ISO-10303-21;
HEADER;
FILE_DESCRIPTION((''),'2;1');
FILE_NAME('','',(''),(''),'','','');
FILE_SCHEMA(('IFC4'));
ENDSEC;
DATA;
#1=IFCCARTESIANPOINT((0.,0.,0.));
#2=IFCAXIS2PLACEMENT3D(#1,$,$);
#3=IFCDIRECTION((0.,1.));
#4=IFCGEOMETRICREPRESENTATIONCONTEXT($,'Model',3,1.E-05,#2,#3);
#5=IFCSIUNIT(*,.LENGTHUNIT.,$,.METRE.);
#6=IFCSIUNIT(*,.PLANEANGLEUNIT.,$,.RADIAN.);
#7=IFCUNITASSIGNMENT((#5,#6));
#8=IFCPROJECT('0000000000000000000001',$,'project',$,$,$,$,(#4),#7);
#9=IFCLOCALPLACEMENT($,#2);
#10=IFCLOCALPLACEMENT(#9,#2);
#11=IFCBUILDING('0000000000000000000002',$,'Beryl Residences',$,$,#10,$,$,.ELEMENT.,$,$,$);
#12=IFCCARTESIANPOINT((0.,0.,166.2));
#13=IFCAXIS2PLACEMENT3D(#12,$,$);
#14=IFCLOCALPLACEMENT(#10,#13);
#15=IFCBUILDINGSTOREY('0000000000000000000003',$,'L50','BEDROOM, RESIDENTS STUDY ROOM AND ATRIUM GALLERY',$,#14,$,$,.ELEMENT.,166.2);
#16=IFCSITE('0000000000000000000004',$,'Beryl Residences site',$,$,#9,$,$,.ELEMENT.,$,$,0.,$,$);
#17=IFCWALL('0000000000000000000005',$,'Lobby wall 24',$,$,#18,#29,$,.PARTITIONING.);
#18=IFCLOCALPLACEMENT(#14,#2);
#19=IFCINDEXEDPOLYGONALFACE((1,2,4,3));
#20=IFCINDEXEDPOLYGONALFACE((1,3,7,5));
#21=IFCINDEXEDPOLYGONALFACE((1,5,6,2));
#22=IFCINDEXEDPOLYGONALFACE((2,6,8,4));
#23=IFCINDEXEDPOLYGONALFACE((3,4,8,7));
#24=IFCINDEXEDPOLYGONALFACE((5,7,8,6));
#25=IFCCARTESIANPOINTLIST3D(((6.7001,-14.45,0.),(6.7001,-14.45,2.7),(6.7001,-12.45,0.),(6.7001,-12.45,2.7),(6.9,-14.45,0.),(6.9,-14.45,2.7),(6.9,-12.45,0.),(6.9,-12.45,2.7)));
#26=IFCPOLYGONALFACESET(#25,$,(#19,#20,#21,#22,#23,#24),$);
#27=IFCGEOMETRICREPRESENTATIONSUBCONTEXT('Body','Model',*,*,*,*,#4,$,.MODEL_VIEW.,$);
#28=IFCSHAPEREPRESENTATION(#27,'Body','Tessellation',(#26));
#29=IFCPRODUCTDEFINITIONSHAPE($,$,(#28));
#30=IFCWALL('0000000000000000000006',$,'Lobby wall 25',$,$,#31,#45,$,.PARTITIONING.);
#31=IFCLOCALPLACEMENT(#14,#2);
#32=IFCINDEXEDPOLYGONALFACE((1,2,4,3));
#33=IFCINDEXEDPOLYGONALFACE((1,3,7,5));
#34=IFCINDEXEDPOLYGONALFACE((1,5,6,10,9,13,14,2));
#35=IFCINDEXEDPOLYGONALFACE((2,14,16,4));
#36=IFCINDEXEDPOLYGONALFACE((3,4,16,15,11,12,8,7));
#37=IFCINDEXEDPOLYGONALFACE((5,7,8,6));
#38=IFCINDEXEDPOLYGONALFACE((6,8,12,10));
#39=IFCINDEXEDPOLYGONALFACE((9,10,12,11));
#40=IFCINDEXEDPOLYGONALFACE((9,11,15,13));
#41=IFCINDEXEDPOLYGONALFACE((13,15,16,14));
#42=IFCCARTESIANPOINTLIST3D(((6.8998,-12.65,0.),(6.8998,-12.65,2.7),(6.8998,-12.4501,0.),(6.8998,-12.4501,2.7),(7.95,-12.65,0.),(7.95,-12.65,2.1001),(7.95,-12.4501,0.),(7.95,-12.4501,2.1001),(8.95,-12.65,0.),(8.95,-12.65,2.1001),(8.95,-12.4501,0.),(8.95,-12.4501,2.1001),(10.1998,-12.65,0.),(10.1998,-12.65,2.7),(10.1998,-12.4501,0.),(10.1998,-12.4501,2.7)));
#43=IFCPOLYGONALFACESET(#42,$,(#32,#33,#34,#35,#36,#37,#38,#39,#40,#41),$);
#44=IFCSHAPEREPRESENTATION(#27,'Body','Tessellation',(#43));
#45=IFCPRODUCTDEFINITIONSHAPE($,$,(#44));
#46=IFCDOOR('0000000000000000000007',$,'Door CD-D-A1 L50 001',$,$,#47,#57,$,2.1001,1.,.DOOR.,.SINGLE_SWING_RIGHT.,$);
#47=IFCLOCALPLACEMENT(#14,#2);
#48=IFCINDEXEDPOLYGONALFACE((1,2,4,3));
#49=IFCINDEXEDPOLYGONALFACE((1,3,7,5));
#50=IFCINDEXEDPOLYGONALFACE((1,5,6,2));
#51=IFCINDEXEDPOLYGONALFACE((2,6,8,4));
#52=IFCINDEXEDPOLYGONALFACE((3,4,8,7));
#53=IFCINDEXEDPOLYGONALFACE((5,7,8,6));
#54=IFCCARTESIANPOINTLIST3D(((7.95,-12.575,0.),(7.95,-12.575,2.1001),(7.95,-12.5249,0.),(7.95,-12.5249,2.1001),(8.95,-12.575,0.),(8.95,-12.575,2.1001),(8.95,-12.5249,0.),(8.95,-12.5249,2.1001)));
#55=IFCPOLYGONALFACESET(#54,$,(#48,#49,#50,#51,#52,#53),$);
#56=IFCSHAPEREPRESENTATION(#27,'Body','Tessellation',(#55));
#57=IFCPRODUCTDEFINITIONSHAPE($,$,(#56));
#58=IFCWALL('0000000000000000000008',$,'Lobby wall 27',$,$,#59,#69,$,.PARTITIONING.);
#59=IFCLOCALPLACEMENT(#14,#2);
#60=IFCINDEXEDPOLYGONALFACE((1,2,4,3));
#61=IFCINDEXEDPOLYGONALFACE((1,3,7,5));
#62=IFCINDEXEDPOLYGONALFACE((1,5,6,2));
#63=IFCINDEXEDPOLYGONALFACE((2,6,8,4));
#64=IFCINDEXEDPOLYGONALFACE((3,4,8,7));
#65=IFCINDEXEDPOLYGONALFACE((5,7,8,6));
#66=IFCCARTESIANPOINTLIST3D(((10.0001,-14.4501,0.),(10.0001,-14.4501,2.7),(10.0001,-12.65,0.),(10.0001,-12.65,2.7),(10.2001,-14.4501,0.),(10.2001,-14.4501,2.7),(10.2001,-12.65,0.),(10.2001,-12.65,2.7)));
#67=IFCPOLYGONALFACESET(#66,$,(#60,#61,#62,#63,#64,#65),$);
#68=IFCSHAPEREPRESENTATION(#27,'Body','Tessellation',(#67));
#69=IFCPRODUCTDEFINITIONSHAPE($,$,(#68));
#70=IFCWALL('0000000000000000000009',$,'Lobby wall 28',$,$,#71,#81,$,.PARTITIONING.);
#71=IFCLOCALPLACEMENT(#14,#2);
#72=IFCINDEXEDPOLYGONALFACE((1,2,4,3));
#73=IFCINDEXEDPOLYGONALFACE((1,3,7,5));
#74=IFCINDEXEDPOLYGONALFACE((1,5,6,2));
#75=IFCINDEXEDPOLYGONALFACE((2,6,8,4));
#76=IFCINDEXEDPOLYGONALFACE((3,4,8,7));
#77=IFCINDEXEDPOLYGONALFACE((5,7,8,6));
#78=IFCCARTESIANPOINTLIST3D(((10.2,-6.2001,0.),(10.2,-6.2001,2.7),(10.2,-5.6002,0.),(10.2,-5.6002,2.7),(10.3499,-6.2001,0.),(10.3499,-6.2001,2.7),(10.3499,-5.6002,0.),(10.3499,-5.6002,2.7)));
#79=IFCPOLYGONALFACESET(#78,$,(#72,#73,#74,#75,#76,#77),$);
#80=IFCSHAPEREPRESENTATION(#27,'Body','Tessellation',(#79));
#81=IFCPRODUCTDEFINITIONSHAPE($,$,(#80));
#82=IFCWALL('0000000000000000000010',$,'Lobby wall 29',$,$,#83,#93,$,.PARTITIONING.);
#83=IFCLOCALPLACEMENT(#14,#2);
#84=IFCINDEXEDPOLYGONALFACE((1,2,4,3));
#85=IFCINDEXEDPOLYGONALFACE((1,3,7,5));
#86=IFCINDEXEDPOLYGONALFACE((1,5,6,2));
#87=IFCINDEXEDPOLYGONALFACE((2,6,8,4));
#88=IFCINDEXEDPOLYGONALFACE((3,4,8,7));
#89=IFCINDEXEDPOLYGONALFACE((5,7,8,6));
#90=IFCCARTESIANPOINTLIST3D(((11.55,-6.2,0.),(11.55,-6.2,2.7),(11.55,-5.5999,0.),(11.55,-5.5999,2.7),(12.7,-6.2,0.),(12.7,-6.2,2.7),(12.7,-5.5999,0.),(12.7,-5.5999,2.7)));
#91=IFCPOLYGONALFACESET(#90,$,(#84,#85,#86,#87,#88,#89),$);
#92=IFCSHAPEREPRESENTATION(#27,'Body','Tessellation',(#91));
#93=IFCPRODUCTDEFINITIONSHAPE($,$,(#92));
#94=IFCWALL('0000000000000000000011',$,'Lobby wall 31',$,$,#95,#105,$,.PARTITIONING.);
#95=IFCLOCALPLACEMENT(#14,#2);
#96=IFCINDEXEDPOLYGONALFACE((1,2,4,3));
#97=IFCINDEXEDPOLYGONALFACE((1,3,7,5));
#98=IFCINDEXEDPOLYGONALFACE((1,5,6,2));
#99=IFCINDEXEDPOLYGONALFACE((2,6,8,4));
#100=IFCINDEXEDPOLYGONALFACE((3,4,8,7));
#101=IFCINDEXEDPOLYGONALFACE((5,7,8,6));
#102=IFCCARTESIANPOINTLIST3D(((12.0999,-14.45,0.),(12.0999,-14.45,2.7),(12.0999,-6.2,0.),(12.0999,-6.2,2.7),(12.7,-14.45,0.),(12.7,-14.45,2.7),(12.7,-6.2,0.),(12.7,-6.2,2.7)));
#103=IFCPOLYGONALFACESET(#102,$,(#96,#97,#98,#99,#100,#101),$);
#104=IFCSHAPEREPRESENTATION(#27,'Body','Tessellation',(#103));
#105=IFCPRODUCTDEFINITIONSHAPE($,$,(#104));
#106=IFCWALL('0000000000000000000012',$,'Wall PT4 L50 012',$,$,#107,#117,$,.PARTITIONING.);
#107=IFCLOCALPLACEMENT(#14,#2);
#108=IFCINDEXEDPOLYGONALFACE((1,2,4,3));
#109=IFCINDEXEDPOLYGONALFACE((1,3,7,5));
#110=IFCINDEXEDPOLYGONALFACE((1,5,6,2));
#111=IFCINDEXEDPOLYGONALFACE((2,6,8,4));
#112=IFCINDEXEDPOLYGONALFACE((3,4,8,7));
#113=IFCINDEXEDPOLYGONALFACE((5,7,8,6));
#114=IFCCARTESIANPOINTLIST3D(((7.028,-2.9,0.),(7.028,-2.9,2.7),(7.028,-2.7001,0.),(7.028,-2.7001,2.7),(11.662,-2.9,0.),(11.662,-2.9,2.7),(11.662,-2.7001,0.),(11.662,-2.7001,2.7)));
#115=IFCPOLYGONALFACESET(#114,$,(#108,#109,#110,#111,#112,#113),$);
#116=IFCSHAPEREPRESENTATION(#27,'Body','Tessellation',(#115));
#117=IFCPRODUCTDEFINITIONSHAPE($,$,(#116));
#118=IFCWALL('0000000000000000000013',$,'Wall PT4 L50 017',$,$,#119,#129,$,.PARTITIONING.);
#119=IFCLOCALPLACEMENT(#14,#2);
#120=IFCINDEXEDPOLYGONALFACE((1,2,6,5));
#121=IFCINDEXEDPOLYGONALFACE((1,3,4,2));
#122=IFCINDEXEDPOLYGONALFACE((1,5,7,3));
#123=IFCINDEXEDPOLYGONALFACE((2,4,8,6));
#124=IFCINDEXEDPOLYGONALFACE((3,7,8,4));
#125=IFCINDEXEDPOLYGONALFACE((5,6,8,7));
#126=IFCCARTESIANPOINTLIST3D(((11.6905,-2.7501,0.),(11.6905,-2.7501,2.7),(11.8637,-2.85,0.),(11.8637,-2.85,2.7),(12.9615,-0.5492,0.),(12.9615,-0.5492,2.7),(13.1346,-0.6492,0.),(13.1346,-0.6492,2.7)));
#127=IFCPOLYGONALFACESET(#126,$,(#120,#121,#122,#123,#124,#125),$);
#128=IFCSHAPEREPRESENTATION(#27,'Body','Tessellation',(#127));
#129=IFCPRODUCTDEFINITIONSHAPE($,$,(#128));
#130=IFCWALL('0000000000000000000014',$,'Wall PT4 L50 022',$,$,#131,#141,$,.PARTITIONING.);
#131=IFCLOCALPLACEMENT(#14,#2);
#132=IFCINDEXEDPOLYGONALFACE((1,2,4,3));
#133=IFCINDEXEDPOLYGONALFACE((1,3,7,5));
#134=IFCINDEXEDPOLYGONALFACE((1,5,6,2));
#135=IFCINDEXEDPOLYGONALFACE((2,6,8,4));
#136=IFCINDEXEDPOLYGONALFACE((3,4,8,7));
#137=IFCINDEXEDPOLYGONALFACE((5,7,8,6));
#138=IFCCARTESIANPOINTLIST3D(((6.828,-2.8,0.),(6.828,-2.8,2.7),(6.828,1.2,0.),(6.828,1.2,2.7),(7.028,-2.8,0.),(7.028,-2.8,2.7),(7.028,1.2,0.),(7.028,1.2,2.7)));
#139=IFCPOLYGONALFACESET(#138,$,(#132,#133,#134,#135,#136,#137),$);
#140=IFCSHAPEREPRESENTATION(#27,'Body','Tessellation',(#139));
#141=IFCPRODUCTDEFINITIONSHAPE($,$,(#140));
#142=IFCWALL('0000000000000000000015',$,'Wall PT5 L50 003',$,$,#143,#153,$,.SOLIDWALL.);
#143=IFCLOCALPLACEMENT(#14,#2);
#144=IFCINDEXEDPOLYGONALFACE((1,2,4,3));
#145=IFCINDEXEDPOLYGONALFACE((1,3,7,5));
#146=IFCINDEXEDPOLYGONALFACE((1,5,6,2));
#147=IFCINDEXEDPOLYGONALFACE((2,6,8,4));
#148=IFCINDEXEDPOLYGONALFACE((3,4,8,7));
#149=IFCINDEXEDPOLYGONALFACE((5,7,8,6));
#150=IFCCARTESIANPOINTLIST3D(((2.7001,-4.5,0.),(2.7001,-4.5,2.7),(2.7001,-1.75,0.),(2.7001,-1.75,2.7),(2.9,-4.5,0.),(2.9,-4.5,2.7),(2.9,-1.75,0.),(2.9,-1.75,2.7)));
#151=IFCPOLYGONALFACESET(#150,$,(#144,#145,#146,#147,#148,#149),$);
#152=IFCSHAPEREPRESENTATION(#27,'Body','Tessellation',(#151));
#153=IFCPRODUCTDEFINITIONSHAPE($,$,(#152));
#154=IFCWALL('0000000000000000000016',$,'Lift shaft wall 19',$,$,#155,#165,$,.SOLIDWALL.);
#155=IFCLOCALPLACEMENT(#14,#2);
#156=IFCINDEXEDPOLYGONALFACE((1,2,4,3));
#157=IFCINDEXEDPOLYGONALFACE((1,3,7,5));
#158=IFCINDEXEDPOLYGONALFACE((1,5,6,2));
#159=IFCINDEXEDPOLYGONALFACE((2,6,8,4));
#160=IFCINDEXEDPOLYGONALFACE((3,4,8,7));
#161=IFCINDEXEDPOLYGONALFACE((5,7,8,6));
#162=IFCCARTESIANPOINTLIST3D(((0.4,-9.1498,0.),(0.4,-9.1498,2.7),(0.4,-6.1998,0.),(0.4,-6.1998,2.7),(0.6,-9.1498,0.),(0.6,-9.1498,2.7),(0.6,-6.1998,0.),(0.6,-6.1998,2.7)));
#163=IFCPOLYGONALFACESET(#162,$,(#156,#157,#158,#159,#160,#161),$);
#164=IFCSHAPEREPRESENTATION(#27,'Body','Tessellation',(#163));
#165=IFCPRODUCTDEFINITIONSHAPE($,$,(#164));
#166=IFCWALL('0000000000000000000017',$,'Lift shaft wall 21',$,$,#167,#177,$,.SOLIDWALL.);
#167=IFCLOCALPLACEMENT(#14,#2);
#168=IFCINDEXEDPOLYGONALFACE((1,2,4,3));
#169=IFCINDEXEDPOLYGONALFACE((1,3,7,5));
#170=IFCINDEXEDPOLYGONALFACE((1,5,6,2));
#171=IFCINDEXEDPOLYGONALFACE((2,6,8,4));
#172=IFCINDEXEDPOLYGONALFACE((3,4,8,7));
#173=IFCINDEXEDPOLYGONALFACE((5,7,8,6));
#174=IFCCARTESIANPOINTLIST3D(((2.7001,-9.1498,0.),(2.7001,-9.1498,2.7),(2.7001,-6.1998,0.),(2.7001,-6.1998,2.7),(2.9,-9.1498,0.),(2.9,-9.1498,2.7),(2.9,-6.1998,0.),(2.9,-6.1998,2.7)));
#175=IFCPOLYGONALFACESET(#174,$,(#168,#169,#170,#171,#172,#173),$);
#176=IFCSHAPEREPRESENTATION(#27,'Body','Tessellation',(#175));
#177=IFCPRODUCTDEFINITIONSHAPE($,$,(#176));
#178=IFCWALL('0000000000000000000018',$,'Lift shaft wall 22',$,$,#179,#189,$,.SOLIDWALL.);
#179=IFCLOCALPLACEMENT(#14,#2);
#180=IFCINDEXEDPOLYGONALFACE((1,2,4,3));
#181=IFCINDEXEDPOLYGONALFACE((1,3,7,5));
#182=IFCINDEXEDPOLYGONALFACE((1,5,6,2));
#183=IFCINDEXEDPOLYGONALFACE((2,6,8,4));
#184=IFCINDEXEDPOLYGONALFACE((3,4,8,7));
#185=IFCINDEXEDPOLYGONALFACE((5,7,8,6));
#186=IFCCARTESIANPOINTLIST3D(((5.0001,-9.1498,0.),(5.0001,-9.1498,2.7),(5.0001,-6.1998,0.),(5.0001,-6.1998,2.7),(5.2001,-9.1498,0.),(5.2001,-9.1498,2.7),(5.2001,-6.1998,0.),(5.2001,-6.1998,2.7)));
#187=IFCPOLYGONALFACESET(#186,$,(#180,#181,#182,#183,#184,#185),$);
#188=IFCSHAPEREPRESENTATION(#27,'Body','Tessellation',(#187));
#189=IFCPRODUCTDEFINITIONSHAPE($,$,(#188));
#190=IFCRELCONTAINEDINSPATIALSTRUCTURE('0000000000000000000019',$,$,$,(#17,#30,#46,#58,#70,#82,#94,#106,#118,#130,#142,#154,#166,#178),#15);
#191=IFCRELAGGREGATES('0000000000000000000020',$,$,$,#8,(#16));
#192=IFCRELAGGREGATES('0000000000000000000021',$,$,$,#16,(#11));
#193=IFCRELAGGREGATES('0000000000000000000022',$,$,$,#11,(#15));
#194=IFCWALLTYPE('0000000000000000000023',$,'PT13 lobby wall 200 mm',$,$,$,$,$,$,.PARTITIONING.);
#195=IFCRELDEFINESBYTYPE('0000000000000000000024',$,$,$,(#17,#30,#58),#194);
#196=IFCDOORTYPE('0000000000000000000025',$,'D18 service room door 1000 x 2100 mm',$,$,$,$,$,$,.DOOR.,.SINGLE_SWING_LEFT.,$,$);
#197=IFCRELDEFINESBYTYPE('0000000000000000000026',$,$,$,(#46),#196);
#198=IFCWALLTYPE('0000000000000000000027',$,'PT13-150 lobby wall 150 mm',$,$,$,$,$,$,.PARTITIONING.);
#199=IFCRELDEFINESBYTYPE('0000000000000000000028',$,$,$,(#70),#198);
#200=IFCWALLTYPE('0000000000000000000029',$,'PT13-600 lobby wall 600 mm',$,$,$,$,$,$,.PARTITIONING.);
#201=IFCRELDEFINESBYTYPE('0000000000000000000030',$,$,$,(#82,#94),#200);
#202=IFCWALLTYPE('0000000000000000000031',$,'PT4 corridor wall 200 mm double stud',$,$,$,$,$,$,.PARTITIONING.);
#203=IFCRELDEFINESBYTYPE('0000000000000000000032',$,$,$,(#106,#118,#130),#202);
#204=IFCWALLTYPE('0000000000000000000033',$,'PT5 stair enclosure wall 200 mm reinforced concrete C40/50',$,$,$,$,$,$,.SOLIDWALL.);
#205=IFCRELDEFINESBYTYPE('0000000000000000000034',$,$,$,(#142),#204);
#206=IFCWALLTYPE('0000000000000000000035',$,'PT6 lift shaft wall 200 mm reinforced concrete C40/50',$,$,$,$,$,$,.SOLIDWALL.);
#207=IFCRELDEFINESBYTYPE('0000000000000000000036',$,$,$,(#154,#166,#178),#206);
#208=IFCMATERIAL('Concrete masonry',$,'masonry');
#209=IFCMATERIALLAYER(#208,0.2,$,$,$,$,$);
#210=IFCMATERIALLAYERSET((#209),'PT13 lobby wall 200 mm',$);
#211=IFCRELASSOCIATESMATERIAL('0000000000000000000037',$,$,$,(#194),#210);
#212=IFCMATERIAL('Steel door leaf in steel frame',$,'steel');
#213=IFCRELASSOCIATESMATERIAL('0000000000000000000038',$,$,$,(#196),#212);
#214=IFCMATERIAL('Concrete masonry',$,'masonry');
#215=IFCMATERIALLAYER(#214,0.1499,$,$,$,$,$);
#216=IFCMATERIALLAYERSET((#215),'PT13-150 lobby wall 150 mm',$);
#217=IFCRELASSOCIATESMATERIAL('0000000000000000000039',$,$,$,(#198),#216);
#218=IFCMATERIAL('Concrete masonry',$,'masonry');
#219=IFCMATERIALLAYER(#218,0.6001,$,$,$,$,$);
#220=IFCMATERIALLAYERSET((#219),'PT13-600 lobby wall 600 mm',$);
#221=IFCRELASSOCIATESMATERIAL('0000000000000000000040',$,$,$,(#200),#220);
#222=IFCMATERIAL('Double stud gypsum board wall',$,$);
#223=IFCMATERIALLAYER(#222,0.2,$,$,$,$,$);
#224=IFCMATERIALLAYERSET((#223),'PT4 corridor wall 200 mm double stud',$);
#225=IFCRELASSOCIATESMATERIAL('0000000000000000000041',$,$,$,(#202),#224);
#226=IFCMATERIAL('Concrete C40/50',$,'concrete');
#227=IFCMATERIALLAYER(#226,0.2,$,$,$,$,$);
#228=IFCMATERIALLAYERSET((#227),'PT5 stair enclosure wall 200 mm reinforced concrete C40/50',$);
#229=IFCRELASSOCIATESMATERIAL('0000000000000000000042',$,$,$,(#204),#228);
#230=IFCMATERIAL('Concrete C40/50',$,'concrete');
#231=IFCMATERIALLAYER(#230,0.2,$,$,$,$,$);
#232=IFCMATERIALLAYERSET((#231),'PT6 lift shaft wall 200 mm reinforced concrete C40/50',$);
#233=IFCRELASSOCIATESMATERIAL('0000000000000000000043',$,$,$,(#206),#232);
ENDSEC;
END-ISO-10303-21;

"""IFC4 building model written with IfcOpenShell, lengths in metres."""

from ifc_helpers import new_model, si_unit, direction, frame, frame_2d, origin, place, context, subcontext, project, spatial, rectangle, extrude, material, layer, layer_set, type_object, element, fill, save


model = new_model("IFC4")

# Units and contexts
model_context = context("Model", 3, precision=1e-05, world=origin(), true_north=direction((0.0, 1.0)))
body_context = subcontext(model_context, "Body", "Model", "MODEL_VIEW")
ifc_project = project(units=[si_unit("LENGTHUNIT", "METRE"), si_unit("PLANEANGLEUNIT", "RADIAN")], contexts=[model_context])

# Site, building, storey
site_placement = place(None, origin())
site = spatial("IfcSite", under=ifc_project, at=site_placement, Name="Beryl Residences site", CompositionType="ELEMENT", RefElevation=0.0)
building_placement = place(site_placement, origin())
building = spatial("IfcBuilding", under=site, at=building_placement, Name="Beryl Residences", CompositionType="ELEMENT")
storey_placement = place(building_placement, frame((0.0, 0.0, 166.2)))
storey = spatial("IfcBuildingStorey", under=building, at=storey_placement, Name="L50", Description="BEDROOM, RESIDENTS STUDY ROOM AND ATRIUM GALLERY", CompositionType="ELEMENT", Elevation=166.2)

# Wall
ifc_material_1 = material(Name="Concrete masonry", Category="masonry")
ifc_layer_1 = layer(ifc_material_1, 0.2)
ifc_layer_set_1 = layer_set([ifc_layer_1], Name="PT13 lobby wall 200 mm")
wall_type_1 = type_object("IfcWallType", Name="PT13 lobby wall 200 mm", PredefinedType="PARTITIONING", material=ifc_layer_set_1)
wall_1_placement = place(storey_placement, frame((6.8, -14.45, 0.0), z_axis=(0.0, 0.0, 1.0), x_axis=(0.0, 1.0, 0.0)))
element("IfcWall", 1, at=wall_1_placement, inside=storey, type_object=wall_type_1, Name="Lobby wall 24", PredefinedType="PARTITIONING", context=body_context, shape_type="SweptSolid", body=[
    extrude(rectangle(XDim=2.0, YDim=0.2, at=frame_2d((1.0, 0.0))), origin(), (0.0, 0.0, 1.0), 2.7),
])

# Wall, opening, door
wall_2_placement = place(storey_placement, frame((6.8999, -12.55, 0.0), z_axis=(0.0, 0.0, 1.0), x_axis=(1.0, 0.0, 0.0)))
wall_2 = element("IfcWall", 2, at=wall_2_placement, inside=storey, type_object=wall_type_1, Name="Lobby wall 25", PredefinedType="PARTITIONING", context=body_context, shape_type="SweptSolid", body=[
    extrude(rectangle(XDim=3.3, YDim=0.2, at=frame_2d((1.6499, 0.0))), origin(), (0.0, 0.0, 1.0), 2.7),
])
opening_placement = place(wall_2_placement, frame((2.05, 0.0, 0.0), z_axis=(0.0, 0.0, 1.0), x_axis=(-1.0, 0.0, 0.0)))
opening = element("IfcOpeningElement", 3, at=opening_placement, cuts=wall_2, PredefinedType="OPENING", context=body_context, shape_type="SweptSolid", body=[
    extrude(rectangle(XDim=1.0, YDim=2.1001, at=frame_2d((0.5, 1.05))), frame((0.0, 0.1099, 0.0), z_axis=(0.0, -1.0, 0.0), x_axis=(1.0, 0.0, 0.0)), (0.0, 0.0, 1.0), 0.22),
])
ifc_material_2 = material(Name="Steel door leaf in steel frame", Category="steel")
door_type = type_object("IfcDoorType", Name="D18 service room door 1000 x 2100 mm", OperationType="SINGLE_SWING_LEFT", PredefinedType="DOOR", material=ifc_material_2)
door_placement = place(opening_placement, origin())
door = element("IfcDoor", 4, at=door_placement, inside=storey, type_object=door_type, Name="Door CD-D-A1 L50 001", OperationType="SINGLE_SWING_RIGHT", OverallHeight=2.1001, OverallWidth=1.0, PredefinedType="DOOR", context=body_context, shape_type="SweptSolid", body=[
    extrude(rectangle(XDim=1.0, YDim=2.1001, at=frame_2d((0.5, 1.05))), frame((0.0, 0.0249, 0.0), z_axis=(0.0, -1.0, 0.0), x_axis=(1.0, 0.0, 0.0)), (0.0, 0.0, 1.0), 0.05),
])
fill(opening, door)

# Walls
wall_3_placement = place(storey_placement, frame((10.1001, -14.45, 0.0), z_axis=(0.0, 0.0, 1.0), x_axis=(0.0, 1.0, 0.0)))
element("IfcWall", 5, at=wall_3_placement, inside=storey, type_object=wall_type_1, Name="Lobby wall 27", PredefinedType="PARTITIONING", context=body_context, shape_type="SweptSolid", body=[
    extrude(rectangle(XDim=1.8, YDim=0.2, at=frame_2d((0.8999, 0.0))), origin(), (0.0, 0.0, 1.0), 2.7),
])
ifc_material_3 = material(Name="Concrete masonry", Category="masonry")
ifc_layer_2 = layer(ifc_material_3, 0.1499)
ifc_layer_set_2 = layer_set([ifc_layer_2], Name="PT13-150 lobby wall 150 mm")
wall_type_2 = type_object("IfcWallType", Name="PT13-150 lobby wall 150 mm", PredefinedType="PARTITIONING", material=ifc_layer_set_2)
wall_4_placement = place(storey_placement, frame((10.2749, -6.2, 0.0), z_axis=(0.0, 0.0, 1.0), x_axis=(0.0, 1.0, 0.0)))
element("IfcWall", 6, at=wall_4_placement, inside=storey, type_object=wall_type_2, Name="Lobby wall 28", PredefinedType="PARTITIONING", context=body_context, shape_type="SweptSolid", body=[
    extrude(rectangle(XDim=0.5999, YDim=0.1499, at=frame_2d((0.2998, 0.0))), origin(), (0.0, 0.0, 1.0), 2.7),
])
ifc_material_4 = material(Name="Concrete masonry", Category="masonry")
ifc_layer_3 = layer(ifc_material_4, 0.6001)
ifc_layer_set_3 = layer_set([ifc_layer_3], Name="PT13-600 lobby wall 600 mm")
wall_type_3 = type_object("IfcWallType", Name="PT13-600 lobby wall 600 mm", PredefinedType="PARTITIONING", material=ifc_layer_set_3)
wall_5_placement = place(storey_placement, frame((11.55, -5.8999, 0.0), z_axis=(0.0, 0.0, 1.0), x_axis=(1.0, 0.0, 0.0)))
element("IfcWall", 7, at=wall_5_placement, inside=storey, type_object=wall_type_3, Name="Lobby wall 29", PredefinedType="PARTITIONING", context=body_context, shape_type="SweptSolid", body=[
    extrude(rectangle(XDim=1.1499, YDim=0.6001, at=frame_2d((0.575, 0.0))), origin(), (0.0, 0.0, 1.0), 2.7),
])
wall_6_placement = place(storey_placement, frame((12.3999, -14.45, 0.0), z_axis=(0.0, 0.0, 1.0), x_axis=(0.0, 1.0, 0.0)))
element("IfcWall", 8, at=wall_6_placement, inside=storey, type_object=wall_type_3, Name="Lobby wall 31", PredefinedType="PARTITIONING", context=body_context, shape_type="SweptSolid", body=[
    extrude(rectangle(XDim=8.25, YDim=0.6001, at=frame_2d((4.125, 0.0))), origin(), (0.0, 0.0, 1.0), 2.7),
])
ifc_material_5 = material(Name="Double stud gypsum board wall")
ifc_layer_4 = layer(ifc_material_5, 0.2)
ifc_layer_set_4 = layer_set([ifc_layer_4], Name="PT4 corridor wall 200 mm double stud")
wall_type_4 = type_object("IfcWallType", Name="PT4 corridor wall 200 mm double stud", PredefinedType="PARTITIONING", material=ifc_layer_set_4)
wall_7_placement = place(storey_placement, frame((7.0281, -2.8, 0.0), z_axis=(0.0, 0.0, 1.0), x_axis=(1.0, 0.0, 0.0)))
element("IfcWall", 9, at=wall_7_placement, inside=storey, type_object=wall_type_4, Name="Wall PT4 L50 012", PredefinedType="PARTITIONING", context=body_context, shape_type="SweptSolid", body=[
    extrude(rectangle(XDim=4.634, YDim=0.2, at=frame_2d((2.3169, 0.0))), origin(), (0.0, 0.0, 1.0), 2.7),
])
wall_8_placement = place(storey_placement, frame((11.7771, -2.8, 0.0), z_axis=(0.0, 0.0, 1.0), x_axis=(0.500086, 0.865976, 0.0)))
element("IfcWall", 10, at=wall_8_placement, inside=storey, type_object=wall_type_4, Name="Wall PT4 L50 017", PredefinedType="PARTITIONING", context=body_context, shape_type="SweptSolid", body=[
    extrude(rectangle(XDim=2.5415, YDim=0.2, at=frame_2d((1.2708, 0.0))), origin(), (0.0, 0.0, 1.0), 2.7),
])
wall_9_placement = place(storey_placement, frame((6.928, -2.8, 0.0), z_axis=(0.0, 0.0, 1.0), x_axis=(0.0, 1.0, 0.0)))
element("IfcWall", 11, at=wall_9_placement, inside=storey, type_object=wall_type_4, Name="Wall PT4 L50 022", PredefinedType="PARTITIONING", context=body_context, shape_type="SweptSolid", body=[
    extrude(rectangle(XDim=4.0, YDim=0.2, at=frame_2d((2.0, 0.0))), origin(), (0.0, 0.0, 1.0), 2.7),
])
ifc_material_6 = material(Name="Concrete C40/50", Category="concrete")
ifc_layer_5 = layer(ifc_material_6, 0.2)
ifc_layer_set_5 = layer_set([ifc_layer_5], Name="PT5 stair enclosure wall 200 mm reinforced concrete C40/50")
wall_type_5 = type_object("IfcWallType", Name="PT5 stair enclosure wall 200 mm reinforced concrete C40/50", PredefinedType="SOLIDWALL", material=ifc_layer_set_5)
wall_10_placement = place(storey_placement, frame((2.8, -4.5, 0.0), z_axis=(0.0, 0.0, 1.0), x_axis=(0.0, 1.0, 0.0)))
element("IfcWall", 12, at=wall_10_placement, inside=storey, type_object=wall_type_5, Name="Wall PT5 L50 003", PredefinedType="SOLIDWALL", context=body_context, shape_type="SweptSolid", body=[
    extrude(rectangle(XDim=2.75, YDim=0.2, at=frame_2d((1.375, 0.0))), origin(), (0.0, 0.0, 1.0), 2.7),
])
ifc_material_7 = material(Name="Concrete C40/50", Category="concrete")
ifc_layer_6 = layer(ifc_material_7, 0.2)
ifc_layer_set_6 = layer_set([ifc_layer_6], Name="PT6 lift shaft wall 200 mm reinforced concrete C40/50")
wall_type_6 = type_object("IfcWallType", Name="PT6 lift shaft wall 200 mm reinforced concrete C40/50", PredefinedType="SOLIDWALL", material=ifc_layer_set_6)
for number, where, z_axis, x_axis, name in (
    (13, (0.5, -9.1499, 0.0), (0.0, 0.0, 1.0), (0.0, 1.0, 0.0), "Lift shaft wall 19"),
    (14, (2.8, -9.1499, 0.0), (0.0, 0.0, 1.0), (0.0, 1.0, 0.0), "Lift shaft wall 21"),
    (15, (5.1001, -9.1499, 0.0), (0.0, 0.0, 1.0), (0.0, 1.0, 0.0), "Lift shaft wall 22"),
):
    element("IfcWall", number, at=place(storey_placement, frame(where, z_axis=z_axis, x_axis=x_axis)), inside=storey, type_object=wall_type_6, Name=name, PredefinedType="SOLIDWALL", context=body_context, shape_type="SweptSolid", body=[
        extrude(rectangle(XDim=2.95, YDim=0.2, at=frame_2d((1.4751, 0.0))), origin(), (0.0, 0.0, 1.0), 2.7),
    ])

save(model, "model.ifc")
